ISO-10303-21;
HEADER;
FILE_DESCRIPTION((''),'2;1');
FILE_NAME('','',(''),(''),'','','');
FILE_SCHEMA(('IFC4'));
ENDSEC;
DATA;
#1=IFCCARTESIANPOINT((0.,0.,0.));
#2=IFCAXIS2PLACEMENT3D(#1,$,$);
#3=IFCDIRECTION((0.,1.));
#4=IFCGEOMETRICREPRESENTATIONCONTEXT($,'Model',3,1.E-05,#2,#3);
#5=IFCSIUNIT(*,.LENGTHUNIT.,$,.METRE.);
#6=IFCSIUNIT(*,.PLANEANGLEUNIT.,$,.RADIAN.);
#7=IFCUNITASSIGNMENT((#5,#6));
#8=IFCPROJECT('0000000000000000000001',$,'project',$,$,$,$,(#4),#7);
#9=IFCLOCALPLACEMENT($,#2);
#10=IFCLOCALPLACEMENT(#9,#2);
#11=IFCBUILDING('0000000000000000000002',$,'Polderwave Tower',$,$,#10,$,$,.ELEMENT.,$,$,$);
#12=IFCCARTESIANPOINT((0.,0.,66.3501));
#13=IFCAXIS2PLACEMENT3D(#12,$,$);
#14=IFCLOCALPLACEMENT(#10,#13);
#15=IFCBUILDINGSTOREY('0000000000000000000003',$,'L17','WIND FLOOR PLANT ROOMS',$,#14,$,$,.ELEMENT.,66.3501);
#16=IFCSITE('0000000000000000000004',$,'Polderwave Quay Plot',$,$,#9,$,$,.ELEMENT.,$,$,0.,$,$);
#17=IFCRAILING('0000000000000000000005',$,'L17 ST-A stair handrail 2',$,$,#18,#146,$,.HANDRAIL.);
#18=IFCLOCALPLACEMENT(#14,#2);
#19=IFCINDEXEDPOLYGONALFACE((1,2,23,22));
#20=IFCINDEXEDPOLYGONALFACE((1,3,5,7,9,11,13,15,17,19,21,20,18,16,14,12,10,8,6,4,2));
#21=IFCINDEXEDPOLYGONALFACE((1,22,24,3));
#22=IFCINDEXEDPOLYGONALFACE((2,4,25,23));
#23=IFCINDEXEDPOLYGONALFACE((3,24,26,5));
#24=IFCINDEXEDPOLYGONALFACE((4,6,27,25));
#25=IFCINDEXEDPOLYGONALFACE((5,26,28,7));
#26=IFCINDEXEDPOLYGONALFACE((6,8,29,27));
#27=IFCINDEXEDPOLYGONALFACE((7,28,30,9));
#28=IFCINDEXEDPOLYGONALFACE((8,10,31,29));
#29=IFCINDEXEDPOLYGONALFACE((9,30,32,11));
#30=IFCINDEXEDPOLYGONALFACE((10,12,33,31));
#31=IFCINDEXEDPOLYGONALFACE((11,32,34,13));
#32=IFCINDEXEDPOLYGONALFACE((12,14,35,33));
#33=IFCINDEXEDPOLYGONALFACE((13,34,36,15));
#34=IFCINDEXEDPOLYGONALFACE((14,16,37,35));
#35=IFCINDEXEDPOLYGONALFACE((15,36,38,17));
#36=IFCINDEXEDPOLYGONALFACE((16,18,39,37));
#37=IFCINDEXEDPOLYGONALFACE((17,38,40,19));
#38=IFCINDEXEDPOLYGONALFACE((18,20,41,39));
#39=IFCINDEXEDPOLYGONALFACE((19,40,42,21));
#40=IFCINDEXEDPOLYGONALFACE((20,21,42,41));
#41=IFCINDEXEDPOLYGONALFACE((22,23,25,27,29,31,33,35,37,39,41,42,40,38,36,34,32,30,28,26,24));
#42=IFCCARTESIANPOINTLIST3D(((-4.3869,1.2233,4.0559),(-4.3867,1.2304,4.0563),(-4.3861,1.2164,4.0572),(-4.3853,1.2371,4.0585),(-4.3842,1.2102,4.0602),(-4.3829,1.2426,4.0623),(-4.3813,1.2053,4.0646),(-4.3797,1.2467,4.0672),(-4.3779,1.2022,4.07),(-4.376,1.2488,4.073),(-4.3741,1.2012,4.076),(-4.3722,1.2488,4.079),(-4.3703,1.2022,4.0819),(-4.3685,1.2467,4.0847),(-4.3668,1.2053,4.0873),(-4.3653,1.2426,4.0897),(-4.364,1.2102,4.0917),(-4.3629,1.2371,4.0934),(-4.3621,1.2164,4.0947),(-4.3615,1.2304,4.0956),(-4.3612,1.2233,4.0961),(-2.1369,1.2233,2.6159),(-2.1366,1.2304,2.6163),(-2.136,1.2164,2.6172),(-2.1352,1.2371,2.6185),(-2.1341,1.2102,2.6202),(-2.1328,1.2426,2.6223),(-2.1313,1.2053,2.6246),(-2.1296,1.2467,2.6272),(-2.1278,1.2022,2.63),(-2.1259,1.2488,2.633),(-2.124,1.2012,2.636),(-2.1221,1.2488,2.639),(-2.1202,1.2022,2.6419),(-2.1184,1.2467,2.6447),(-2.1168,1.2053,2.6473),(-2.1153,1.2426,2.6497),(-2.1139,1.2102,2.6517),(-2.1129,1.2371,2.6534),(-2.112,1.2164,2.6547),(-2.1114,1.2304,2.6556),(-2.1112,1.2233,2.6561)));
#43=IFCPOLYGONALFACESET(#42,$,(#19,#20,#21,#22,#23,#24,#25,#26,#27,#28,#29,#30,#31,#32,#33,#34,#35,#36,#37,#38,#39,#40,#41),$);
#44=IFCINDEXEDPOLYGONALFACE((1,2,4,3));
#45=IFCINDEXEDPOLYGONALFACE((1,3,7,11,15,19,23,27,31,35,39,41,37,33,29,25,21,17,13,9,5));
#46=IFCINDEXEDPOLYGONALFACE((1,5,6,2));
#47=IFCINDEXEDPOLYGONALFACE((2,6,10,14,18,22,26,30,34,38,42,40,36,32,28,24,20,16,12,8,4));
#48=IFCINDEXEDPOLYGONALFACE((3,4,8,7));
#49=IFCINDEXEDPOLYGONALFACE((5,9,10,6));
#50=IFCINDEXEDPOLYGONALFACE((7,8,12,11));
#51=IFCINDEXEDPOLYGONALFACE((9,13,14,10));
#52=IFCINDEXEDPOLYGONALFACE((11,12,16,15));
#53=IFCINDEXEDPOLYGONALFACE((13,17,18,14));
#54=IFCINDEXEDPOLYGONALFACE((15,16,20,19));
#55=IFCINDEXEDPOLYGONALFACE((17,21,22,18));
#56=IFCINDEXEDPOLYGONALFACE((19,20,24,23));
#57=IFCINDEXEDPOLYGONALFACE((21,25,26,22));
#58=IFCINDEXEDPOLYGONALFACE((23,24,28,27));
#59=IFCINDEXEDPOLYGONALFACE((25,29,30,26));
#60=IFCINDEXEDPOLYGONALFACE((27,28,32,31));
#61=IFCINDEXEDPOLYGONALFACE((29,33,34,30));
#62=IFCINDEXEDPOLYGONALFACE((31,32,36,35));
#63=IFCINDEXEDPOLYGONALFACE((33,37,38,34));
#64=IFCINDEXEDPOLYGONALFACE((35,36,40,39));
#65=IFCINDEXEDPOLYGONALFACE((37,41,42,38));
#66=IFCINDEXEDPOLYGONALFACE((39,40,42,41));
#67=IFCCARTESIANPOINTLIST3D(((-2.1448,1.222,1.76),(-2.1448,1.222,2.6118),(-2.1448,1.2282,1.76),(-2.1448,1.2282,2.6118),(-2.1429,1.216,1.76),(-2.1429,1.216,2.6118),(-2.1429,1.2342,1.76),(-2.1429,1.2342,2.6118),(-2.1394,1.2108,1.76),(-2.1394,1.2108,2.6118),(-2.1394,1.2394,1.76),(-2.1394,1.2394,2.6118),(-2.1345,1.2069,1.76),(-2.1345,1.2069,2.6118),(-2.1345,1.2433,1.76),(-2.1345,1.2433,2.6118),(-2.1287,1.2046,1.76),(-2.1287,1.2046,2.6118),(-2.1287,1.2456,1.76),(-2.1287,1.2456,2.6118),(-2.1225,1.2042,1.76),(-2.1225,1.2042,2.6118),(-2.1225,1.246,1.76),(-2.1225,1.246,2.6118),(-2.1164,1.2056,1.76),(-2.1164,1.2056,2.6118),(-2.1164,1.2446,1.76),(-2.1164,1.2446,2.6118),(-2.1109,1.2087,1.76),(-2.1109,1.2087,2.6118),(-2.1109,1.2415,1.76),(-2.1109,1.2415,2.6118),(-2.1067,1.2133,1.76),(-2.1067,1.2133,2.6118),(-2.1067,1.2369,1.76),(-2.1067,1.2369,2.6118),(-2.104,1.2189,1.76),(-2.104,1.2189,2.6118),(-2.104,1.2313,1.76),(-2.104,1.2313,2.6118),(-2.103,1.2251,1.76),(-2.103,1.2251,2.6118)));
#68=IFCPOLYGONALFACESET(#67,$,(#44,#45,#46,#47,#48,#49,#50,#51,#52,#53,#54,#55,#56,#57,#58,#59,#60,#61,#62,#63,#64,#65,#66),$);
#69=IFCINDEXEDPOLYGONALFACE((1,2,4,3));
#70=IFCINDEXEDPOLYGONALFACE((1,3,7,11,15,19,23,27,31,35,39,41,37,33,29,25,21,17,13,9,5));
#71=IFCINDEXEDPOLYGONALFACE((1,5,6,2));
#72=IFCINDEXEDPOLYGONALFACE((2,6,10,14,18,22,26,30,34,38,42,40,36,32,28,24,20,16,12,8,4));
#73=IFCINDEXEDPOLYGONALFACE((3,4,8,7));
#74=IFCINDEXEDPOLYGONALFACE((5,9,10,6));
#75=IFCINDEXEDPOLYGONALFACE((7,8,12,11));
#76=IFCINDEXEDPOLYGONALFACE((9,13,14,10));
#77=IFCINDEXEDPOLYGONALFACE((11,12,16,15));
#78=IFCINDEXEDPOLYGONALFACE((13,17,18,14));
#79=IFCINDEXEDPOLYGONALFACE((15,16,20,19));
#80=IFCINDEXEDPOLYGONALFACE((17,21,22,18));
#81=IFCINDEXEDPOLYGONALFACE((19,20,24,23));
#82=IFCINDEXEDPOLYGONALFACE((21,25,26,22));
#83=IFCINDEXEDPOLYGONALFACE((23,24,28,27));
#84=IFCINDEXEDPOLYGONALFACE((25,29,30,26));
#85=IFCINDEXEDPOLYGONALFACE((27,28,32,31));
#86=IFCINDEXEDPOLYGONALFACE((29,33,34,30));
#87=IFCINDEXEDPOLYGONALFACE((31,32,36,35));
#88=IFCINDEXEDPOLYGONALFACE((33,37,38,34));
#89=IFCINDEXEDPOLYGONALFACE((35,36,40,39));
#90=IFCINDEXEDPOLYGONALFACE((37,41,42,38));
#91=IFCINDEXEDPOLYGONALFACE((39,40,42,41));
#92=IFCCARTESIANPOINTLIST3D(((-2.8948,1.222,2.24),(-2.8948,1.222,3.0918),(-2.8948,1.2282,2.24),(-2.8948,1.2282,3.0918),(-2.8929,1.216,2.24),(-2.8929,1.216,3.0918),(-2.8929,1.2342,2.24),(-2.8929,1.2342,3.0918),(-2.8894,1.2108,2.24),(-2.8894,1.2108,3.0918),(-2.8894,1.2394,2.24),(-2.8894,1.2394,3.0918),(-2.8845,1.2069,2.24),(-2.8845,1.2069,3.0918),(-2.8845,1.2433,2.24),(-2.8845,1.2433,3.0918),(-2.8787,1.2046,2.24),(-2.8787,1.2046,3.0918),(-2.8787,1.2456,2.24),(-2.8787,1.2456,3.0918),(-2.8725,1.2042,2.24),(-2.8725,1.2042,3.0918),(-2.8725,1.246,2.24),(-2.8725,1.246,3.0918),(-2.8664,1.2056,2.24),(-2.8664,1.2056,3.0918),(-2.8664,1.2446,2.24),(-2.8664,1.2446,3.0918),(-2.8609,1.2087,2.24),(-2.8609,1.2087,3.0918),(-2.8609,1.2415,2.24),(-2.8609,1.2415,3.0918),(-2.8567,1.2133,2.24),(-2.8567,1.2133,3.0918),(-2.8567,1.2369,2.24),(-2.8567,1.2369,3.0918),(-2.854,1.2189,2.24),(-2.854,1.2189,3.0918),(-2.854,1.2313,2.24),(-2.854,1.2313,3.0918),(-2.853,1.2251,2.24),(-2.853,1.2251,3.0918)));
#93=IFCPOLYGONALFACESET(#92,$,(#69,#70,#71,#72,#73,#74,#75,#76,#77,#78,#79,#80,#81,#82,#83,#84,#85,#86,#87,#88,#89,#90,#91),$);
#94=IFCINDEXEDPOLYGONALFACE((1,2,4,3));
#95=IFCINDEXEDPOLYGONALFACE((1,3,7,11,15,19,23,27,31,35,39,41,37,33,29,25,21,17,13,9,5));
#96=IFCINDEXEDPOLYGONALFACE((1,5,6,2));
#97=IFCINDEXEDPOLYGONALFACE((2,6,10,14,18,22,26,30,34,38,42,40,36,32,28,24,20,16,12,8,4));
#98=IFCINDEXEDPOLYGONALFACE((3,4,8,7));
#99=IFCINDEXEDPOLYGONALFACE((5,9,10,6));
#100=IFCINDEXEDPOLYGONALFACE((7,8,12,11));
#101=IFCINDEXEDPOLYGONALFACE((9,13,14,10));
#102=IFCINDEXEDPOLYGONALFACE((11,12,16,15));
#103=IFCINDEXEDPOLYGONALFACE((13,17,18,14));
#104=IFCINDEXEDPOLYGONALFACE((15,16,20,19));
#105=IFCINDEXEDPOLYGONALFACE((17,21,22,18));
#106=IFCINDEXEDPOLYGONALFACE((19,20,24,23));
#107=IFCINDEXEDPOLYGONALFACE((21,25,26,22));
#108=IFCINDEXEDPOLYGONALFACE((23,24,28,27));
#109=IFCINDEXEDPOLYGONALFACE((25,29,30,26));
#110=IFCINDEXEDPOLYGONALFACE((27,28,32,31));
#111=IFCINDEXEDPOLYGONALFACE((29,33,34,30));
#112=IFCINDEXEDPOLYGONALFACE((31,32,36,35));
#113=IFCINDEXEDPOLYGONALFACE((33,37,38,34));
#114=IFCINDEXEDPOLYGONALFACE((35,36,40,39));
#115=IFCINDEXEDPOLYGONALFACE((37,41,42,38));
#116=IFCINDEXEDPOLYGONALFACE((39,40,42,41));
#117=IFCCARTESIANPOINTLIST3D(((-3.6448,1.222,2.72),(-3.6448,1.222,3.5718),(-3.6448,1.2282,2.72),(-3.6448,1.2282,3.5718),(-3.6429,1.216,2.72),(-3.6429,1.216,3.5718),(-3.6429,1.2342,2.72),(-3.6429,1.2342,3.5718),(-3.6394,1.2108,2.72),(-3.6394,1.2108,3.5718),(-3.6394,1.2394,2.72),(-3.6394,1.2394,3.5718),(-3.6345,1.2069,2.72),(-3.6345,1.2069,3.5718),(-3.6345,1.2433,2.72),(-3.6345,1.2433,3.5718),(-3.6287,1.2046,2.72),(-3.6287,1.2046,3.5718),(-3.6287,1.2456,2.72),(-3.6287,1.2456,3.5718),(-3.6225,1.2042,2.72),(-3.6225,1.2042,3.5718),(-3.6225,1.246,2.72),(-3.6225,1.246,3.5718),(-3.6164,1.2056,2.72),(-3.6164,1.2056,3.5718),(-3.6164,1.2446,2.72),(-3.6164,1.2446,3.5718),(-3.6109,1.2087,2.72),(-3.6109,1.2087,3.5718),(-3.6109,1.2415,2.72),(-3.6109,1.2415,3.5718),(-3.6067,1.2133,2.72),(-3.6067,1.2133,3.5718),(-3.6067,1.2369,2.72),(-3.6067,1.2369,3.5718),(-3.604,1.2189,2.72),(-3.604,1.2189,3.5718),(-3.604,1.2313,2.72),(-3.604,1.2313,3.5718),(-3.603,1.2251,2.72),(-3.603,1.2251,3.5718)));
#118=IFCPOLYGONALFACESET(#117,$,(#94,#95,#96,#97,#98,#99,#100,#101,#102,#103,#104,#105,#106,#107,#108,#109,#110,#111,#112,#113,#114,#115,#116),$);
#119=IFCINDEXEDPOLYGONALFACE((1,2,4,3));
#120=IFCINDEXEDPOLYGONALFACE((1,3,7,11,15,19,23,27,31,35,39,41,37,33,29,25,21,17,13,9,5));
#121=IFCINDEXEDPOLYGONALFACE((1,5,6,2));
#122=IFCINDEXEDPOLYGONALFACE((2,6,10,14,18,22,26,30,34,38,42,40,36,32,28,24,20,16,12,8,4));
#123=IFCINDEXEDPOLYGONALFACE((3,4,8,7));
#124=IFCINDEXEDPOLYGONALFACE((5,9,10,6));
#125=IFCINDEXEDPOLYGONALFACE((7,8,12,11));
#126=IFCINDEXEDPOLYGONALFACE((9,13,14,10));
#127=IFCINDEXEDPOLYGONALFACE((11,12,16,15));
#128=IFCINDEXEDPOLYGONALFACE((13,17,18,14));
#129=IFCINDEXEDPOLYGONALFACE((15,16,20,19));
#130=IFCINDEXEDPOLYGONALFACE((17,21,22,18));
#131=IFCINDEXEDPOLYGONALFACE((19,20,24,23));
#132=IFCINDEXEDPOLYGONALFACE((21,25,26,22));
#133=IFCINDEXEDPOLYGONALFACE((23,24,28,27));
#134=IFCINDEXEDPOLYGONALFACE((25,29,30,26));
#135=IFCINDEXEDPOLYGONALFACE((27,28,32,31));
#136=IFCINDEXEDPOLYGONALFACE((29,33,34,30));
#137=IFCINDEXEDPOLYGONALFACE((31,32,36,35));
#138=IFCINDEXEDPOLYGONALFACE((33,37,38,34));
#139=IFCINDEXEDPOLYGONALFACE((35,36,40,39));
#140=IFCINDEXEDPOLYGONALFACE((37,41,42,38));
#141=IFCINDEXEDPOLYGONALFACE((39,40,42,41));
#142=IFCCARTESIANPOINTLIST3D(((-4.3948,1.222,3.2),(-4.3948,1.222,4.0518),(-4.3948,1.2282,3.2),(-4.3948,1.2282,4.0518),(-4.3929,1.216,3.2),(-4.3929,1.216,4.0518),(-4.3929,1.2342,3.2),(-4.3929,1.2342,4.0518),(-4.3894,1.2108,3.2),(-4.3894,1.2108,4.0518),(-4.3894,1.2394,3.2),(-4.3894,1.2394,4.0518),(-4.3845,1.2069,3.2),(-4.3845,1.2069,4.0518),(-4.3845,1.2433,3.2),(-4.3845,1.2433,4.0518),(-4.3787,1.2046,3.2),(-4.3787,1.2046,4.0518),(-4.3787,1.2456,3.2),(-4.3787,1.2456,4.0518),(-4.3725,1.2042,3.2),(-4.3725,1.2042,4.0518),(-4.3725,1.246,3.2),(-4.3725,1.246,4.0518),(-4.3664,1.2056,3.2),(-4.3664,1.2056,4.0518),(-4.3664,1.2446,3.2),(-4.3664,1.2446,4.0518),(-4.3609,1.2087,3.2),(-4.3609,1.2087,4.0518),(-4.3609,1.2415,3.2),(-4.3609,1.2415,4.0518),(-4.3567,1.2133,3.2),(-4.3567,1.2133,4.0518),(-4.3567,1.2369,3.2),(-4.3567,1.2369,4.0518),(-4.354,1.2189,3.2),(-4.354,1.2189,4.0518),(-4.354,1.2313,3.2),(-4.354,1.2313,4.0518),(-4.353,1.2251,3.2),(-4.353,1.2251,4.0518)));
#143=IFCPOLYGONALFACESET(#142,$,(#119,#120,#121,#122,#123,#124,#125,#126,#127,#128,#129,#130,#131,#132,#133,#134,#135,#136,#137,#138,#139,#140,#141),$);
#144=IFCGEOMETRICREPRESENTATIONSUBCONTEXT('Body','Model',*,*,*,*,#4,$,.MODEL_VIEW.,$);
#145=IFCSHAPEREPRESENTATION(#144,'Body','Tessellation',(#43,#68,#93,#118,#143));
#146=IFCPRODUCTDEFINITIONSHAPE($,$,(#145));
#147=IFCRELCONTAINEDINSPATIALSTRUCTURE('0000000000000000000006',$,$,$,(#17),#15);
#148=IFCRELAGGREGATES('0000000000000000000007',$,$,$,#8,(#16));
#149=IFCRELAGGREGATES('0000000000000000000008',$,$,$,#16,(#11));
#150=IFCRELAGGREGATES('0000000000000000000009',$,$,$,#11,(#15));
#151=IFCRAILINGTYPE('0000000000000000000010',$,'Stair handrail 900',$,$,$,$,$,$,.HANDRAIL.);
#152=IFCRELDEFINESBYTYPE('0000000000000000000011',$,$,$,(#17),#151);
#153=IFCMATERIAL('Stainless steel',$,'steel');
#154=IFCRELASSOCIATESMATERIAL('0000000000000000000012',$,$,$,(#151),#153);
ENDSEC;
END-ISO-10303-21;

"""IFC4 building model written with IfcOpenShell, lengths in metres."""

from ifc_helpers import new_model, si_unit, direction, frame, origin, origin_2d, place, context, subcontext, project, spatial, circle, extrude, material, type_object, element, save


model = new_model("IFC4")

# Units and contexts
model_context = context("Model", 3, precision=1e-05, world=origin(), true_north=direction((0.0, 1.0)))
body_context = subcontext(model_context, "Body", "Model", "MODEL_VIEW")
ifc_project = project(units=[si_unit("LENGTHUNIT", "METRE"), si_unit("PLANEANGLEUNIT", "RADIAN")], contexts=[model_context])

# Site, building, storey
site_placement = place(None, origin())
site = spatial("IfcSite", under=ifc_project, at=site_placement, Name="Polderwave Quay Plot", CompositionType="ELEMENT", RefElevation=0.0)
building_placement = place(site_placement, origin())
building = spatial("IfcBuilding", under=site, at=building_placement, Name="Polderwave Tower", CompositionType="ELEMENT")
storey_placement = place(building_placement, frame((0.0, 0.0, 66.3501)))
storey = spatial("IfcBuildingStorey", under=building, at=storey_placement, Name="L17", Description="WIND FLOOR PLANT ROOMS", CompositionType="ELEMENT", Elevation=66.3501)

# Railing
ifc_material_1 = material(Name="Stainless steel", Category="steel")
railing_type_1 = type_object("IfcRailingType", Name="Stair handrail 900", PredefinedType="HANDRAIL", material=ifc_material_1)
for number, where, name in (
    (1, (-2.124, 1.2251, 1.76), "L17 ST-A stair handrail 2"),
):
    element("IfcRailing", number, at=place(storey_placement, frame(where)), inside=storey, type_object=railing_type_1, Name=name, PredefinedType="HANDRAIL", context=body_context, shape_type="SweptSolid", body=[
        extrude(circle(Radius=0.0239, at=origin_2d()), frame((0.0, 0.0, 0.876), z_axis=(-0.842281, 0.0, 0.539038), x_axis=(0.0, -1.0, 0.0)), (0.0, 0.0, 1.0), 2.6714),
        extrude(circle(Radius=0.021, at=origin_2d()), origin(), (0.0, 0.0, 1.0), 0.8518),
        extrude(circle(Radius=0.021, at=origin_2d()), frame((-0.75, 0.0, 0.48)), (0.0, 0.0, 1.0), 0.8518),
        extrude(circle(Radius=0.021, at=origin_2d()), frame((-1.5, 0.0, 0.96)), (0.0, 0.0, 1.0), 0.8518),
        extrude(circle(Radius=0.021, at=origin_2d()), frame((-2.25, 0.0, 1.4399)), (0.0, 0.0, 1.0), 0.8518),
    ])

save(model, "model.ifc")
